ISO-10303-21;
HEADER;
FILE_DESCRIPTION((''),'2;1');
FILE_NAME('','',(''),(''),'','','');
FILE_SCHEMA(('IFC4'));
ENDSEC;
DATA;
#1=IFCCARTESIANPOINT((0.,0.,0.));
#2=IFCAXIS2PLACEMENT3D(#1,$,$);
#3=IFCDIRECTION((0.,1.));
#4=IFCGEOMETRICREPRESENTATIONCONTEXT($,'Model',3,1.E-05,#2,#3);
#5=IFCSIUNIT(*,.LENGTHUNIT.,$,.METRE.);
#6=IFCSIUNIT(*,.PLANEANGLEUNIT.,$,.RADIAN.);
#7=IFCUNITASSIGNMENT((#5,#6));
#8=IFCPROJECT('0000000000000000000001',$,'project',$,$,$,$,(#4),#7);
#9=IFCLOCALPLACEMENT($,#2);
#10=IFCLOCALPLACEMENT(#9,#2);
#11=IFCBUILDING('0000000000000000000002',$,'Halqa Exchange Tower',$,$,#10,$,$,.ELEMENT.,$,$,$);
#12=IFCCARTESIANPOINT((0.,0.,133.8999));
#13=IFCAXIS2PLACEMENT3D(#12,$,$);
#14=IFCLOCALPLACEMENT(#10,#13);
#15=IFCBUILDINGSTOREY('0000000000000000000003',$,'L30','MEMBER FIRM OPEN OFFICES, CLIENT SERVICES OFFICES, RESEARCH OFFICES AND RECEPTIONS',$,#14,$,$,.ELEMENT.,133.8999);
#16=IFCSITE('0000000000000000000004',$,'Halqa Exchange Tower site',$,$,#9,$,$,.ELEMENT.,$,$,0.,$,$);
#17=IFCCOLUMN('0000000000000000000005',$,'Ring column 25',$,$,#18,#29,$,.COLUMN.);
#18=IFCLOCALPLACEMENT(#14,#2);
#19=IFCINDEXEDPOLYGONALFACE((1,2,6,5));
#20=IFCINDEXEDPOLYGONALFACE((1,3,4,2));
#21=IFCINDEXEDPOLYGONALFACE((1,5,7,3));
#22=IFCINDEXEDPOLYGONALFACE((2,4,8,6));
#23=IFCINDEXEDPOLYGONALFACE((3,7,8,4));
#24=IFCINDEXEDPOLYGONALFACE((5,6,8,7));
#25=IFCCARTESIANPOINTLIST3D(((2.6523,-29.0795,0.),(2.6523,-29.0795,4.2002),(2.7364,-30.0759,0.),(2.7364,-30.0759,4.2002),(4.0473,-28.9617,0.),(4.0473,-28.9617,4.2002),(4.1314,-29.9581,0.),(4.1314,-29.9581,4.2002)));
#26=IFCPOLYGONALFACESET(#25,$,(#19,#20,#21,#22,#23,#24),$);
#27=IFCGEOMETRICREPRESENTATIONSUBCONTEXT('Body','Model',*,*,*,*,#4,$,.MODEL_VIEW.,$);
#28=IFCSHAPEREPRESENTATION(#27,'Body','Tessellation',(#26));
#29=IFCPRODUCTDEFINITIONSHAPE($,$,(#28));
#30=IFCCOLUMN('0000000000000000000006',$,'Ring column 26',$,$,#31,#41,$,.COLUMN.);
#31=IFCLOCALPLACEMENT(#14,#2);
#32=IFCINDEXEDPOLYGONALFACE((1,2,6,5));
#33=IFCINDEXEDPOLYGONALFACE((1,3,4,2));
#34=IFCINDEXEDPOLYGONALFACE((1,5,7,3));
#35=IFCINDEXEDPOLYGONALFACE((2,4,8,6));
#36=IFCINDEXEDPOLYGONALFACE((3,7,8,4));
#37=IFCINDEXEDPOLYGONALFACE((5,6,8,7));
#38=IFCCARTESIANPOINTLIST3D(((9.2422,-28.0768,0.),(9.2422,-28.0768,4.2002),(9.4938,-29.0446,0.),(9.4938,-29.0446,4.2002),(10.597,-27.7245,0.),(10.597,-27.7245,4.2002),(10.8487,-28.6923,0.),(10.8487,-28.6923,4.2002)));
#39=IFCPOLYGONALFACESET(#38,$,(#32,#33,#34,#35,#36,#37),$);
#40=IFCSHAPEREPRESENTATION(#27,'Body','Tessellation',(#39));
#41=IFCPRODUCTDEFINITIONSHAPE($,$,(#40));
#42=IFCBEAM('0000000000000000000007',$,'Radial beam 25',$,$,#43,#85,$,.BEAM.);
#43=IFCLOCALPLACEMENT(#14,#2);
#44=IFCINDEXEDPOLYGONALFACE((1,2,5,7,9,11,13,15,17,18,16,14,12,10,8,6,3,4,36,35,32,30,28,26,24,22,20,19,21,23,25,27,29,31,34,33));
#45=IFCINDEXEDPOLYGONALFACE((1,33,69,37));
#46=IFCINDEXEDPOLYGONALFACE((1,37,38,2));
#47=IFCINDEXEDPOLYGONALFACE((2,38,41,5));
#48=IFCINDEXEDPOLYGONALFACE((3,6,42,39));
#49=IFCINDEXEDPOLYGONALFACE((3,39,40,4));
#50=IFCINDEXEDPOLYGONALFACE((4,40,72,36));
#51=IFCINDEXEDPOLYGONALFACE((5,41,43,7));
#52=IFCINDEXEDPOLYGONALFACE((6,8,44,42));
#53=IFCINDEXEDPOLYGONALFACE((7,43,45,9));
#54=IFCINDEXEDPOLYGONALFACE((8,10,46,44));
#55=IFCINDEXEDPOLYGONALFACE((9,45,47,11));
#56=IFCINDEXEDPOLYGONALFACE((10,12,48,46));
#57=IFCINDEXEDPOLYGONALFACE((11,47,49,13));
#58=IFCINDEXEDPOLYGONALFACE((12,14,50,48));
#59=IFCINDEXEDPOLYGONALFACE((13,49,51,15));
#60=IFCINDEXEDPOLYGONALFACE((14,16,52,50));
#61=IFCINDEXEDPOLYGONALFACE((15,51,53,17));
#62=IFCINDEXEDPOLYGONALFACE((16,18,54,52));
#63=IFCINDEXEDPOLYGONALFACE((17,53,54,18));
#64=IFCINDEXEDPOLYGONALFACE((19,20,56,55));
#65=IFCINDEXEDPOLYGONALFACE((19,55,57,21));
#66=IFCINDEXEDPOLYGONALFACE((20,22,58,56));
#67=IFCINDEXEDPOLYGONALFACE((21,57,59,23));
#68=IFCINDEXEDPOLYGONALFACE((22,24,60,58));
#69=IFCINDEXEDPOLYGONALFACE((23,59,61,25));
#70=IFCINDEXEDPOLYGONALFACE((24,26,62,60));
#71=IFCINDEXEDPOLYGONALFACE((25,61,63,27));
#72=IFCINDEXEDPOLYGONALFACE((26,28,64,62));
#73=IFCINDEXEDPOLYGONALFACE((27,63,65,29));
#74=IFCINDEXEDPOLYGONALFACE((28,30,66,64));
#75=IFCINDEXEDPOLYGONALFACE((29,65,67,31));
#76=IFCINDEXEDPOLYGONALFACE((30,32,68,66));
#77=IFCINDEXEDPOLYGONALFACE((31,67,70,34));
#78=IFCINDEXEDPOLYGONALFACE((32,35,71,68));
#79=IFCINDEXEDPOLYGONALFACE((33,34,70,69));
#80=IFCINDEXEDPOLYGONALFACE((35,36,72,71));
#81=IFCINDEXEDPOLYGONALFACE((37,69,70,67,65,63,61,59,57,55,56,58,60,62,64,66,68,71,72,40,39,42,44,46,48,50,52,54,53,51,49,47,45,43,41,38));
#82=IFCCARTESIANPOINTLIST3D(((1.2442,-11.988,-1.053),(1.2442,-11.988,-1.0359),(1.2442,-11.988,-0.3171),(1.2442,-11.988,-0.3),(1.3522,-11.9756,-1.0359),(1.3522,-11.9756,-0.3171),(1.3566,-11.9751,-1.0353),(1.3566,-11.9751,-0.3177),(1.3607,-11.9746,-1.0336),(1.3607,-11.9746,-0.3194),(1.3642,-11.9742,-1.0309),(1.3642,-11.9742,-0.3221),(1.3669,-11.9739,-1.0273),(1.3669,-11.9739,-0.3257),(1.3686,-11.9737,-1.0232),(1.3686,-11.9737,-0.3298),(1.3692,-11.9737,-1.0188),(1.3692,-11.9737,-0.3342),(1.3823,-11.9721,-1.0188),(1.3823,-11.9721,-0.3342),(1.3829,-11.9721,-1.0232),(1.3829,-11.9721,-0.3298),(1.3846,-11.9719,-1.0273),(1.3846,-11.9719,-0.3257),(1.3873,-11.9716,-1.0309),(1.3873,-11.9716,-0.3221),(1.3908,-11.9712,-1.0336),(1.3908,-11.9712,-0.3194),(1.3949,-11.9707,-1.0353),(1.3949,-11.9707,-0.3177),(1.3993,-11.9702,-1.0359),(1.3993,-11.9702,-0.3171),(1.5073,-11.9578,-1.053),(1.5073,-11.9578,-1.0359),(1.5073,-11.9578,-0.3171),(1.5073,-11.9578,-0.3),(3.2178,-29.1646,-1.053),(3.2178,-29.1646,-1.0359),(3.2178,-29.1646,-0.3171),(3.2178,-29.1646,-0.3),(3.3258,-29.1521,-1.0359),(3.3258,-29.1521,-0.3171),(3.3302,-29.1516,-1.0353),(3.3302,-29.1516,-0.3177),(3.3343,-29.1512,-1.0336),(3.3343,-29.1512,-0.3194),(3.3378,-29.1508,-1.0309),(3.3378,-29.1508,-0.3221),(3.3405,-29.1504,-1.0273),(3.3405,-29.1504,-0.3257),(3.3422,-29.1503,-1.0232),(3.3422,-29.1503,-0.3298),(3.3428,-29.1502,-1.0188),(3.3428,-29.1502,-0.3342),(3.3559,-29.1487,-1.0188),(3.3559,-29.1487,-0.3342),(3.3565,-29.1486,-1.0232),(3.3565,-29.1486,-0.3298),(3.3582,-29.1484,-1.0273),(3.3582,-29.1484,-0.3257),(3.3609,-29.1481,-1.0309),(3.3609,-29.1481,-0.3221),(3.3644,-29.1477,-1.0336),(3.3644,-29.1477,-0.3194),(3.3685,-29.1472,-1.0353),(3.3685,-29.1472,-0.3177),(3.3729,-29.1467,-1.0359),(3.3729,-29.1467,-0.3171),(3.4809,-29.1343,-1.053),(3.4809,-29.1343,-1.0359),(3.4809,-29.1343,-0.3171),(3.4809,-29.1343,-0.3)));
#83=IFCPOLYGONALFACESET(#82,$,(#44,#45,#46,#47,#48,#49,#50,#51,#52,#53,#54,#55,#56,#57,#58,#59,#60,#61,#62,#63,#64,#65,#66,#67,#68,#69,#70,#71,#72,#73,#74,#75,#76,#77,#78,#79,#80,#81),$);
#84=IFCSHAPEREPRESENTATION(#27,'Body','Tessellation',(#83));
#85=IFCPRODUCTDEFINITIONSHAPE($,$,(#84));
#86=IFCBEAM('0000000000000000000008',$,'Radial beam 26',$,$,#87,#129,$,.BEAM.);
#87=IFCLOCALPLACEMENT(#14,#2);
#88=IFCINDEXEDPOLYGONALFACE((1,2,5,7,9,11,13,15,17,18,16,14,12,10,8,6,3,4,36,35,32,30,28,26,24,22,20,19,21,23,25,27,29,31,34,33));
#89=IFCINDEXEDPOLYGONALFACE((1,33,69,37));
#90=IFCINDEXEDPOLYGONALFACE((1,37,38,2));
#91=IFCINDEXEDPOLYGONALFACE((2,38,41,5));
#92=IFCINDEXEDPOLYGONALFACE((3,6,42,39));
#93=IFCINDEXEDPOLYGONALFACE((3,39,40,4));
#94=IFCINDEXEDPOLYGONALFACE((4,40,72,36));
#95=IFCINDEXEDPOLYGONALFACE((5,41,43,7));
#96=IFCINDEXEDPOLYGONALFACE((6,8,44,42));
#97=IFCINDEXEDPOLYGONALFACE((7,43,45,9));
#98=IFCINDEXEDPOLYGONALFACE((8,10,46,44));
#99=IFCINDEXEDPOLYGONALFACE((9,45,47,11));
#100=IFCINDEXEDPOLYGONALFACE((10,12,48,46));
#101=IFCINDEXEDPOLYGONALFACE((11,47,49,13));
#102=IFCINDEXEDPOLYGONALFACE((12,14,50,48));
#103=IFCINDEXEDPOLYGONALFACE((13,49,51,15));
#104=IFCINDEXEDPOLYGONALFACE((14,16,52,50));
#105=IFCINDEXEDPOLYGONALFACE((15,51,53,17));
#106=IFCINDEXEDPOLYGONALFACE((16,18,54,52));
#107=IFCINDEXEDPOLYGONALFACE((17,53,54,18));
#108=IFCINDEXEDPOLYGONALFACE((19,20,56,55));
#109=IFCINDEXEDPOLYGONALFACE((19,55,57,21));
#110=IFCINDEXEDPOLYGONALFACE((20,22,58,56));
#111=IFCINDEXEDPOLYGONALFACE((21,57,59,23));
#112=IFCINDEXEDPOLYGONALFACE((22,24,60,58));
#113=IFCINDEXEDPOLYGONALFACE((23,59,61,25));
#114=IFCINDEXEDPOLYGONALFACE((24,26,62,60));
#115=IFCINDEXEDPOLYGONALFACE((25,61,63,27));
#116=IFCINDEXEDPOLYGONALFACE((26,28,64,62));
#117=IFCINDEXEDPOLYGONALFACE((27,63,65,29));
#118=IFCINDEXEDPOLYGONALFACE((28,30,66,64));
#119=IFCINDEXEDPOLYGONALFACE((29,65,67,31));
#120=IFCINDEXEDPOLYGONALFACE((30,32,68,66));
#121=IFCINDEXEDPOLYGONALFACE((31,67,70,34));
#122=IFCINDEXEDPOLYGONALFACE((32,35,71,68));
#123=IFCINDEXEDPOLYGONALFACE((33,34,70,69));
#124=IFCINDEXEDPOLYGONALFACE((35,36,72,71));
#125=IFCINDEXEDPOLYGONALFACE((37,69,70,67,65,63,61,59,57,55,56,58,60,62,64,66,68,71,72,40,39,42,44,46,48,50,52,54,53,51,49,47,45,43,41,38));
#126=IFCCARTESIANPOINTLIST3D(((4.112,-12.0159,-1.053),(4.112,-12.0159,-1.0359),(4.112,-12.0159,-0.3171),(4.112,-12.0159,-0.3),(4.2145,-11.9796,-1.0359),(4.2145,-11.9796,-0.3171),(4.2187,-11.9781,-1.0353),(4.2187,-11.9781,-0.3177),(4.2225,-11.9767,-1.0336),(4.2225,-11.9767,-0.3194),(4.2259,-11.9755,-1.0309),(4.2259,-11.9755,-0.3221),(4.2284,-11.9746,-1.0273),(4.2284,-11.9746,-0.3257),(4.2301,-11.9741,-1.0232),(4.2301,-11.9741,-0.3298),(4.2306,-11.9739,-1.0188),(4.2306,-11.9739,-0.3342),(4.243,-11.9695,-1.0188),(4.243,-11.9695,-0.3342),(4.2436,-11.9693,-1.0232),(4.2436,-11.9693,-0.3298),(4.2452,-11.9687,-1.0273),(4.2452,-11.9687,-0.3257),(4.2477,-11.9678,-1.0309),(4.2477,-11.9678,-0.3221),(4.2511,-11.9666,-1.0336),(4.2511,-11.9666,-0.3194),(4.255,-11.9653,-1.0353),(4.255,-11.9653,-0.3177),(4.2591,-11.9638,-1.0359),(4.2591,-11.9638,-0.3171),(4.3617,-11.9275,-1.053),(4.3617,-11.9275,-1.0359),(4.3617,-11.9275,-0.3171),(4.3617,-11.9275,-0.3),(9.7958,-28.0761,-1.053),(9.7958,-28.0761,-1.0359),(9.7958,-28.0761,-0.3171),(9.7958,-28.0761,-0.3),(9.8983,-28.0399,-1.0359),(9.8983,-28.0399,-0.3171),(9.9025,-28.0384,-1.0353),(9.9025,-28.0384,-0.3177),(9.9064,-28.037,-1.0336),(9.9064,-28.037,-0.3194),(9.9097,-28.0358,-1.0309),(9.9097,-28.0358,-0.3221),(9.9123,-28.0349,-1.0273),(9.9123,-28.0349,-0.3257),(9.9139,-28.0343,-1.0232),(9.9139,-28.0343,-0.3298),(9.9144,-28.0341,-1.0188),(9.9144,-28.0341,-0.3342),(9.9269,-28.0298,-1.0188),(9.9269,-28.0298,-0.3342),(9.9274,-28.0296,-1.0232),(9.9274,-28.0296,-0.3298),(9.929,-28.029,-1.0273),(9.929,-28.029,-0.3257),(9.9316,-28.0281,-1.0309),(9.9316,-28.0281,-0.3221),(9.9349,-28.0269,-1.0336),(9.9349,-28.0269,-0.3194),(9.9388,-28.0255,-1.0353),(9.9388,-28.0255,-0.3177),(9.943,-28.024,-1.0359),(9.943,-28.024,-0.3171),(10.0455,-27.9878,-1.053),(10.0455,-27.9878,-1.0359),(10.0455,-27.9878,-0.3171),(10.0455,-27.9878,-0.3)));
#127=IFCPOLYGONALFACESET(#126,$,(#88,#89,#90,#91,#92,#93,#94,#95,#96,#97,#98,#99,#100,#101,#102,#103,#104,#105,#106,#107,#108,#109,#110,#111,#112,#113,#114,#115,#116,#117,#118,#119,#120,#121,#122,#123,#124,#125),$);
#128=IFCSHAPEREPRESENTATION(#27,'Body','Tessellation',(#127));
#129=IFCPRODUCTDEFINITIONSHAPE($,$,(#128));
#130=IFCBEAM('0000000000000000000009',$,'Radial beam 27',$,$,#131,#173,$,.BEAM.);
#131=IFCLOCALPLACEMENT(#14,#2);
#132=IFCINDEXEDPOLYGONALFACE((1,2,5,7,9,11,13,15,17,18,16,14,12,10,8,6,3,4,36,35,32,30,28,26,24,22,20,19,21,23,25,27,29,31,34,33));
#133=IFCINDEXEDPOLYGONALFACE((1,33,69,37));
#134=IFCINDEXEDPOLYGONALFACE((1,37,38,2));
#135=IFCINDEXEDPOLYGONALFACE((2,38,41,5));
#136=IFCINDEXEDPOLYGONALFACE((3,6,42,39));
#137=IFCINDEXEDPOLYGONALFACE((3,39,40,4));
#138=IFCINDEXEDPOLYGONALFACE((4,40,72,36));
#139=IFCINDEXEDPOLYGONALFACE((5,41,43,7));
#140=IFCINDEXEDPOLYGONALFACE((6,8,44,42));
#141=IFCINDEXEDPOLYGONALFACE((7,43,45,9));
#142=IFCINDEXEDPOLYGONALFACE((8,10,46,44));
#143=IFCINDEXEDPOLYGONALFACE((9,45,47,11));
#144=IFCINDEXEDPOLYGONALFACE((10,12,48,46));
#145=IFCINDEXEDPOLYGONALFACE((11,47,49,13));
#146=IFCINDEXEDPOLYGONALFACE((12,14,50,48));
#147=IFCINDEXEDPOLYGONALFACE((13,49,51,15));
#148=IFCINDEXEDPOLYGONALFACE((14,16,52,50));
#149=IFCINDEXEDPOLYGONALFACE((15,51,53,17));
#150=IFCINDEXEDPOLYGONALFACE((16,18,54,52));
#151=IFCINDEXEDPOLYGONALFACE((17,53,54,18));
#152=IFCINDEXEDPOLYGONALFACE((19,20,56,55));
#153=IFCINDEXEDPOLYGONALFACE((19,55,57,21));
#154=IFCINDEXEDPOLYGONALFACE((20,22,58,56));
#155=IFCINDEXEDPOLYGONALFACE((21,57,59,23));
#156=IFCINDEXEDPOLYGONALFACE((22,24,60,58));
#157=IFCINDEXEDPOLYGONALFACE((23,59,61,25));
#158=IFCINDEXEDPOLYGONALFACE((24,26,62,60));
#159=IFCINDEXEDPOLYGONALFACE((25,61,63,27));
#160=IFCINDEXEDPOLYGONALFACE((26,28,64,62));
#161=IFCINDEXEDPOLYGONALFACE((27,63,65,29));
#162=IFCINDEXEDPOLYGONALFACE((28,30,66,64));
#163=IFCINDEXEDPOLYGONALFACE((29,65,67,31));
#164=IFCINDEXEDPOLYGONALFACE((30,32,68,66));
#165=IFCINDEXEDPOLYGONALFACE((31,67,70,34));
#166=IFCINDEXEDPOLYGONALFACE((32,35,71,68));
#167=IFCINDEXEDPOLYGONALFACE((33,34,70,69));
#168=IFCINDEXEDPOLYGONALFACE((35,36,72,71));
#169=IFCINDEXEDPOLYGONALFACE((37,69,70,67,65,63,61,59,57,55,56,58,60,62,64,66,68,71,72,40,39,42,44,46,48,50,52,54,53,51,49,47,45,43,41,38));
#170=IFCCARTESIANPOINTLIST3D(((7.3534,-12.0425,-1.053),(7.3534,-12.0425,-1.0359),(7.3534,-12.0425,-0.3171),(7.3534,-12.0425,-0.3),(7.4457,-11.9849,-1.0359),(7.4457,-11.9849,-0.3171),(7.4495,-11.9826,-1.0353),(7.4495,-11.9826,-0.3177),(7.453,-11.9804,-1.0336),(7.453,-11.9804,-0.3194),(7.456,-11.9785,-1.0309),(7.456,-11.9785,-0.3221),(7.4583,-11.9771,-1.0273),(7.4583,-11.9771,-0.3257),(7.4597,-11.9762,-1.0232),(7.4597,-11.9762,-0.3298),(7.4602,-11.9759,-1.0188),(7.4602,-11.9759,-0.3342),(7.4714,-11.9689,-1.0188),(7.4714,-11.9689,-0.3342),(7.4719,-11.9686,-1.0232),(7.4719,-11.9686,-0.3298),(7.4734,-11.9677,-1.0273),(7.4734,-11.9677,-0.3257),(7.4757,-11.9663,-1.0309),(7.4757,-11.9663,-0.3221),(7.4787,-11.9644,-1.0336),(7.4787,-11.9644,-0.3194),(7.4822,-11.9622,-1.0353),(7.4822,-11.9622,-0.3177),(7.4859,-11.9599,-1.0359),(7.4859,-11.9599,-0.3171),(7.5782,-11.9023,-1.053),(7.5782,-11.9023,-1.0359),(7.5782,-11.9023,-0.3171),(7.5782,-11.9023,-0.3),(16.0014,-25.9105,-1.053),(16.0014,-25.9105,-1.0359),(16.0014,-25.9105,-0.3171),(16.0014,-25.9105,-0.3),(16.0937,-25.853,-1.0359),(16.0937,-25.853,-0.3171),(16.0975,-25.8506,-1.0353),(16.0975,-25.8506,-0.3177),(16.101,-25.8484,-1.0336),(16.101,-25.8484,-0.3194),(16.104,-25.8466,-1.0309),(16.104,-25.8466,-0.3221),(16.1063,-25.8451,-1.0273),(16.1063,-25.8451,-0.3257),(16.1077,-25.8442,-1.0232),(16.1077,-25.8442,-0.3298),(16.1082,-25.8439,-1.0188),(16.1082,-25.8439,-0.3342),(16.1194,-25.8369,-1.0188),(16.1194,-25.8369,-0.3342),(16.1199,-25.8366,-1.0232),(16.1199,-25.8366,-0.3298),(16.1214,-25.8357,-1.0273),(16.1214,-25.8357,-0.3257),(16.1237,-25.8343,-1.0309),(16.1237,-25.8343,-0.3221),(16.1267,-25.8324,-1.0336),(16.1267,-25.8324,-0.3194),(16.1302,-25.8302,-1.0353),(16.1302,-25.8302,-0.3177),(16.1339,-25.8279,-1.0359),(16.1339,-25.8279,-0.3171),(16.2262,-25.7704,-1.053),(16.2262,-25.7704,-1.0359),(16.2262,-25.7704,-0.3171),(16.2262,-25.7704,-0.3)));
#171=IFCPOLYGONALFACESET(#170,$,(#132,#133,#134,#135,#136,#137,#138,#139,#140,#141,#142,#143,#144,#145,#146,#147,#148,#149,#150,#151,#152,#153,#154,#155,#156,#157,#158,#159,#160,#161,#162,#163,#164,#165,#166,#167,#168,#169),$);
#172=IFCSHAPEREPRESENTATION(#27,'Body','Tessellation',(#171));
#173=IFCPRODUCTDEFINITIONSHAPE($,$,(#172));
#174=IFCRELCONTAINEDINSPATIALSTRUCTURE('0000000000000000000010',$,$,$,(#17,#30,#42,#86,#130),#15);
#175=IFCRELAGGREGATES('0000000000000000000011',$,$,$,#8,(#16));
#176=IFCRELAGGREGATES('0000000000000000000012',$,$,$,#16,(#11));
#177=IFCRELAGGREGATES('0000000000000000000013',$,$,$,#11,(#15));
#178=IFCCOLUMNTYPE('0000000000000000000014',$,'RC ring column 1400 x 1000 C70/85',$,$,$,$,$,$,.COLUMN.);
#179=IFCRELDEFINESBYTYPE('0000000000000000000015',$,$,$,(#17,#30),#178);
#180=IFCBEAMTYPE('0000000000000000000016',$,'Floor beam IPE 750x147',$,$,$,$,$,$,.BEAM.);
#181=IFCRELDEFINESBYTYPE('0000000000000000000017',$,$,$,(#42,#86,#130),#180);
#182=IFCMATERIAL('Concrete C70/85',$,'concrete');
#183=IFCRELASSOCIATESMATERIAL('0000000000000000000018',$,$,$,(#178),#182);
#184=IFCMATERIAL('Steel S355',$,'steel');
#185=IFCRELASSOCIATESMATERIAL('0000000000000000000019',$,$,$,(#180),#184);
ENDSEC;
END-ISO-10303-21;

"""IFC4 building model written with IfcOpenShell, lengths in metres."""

from ifc_helpers import new_model, si_unit, direction, frame, origin, origin_2d, place, context, subcontext, project, spatial, rectangle, i_section, extrude, material, material_profile, profile_set, type_object, element, save


model = new_model("IFC4")

# Units and contexts
model_context = context("Model", 3, precision=1e-05, world=origin(), true_north=direction((0.0, 1.0)))
body_context = subcontext(model_context, "Body", "Model", "MODEL_VIEW")
ifc_project = project(units=[si_unit("LENGTHUNIT", "METRE"), si_unit("PLANEANGLEUNIT", "RADIAN")], contexts=[model_context])

# Site, building, storey
site_placement = place(None, origin())
site = spatial("IfcSite", under=ifc_project, at=site_placement, Name="Halqa Exchange Tower site", CompositionType="ELEMENT", RefElevation=0.0)
building_placement = place(site_placement, origin())
building = spatial("IfcBuilding", under=site, at=building_placement, Name="Halqa Exchange Tower", CompositionType="ELEMENT")
storey_placement = place(building_placement, frame((0.0, 0.0, 133.8999)))
storey = spatial("IfcBuildingStorey", under=building, at=storey_placement, Name="L30", Description="MEMBER FIRM OPEN OFFICES, CLIENT SERVICES OFFICES, RESEARCH OFFICES AND RECEPTIONS", CompositionType="ELEMENT", Elevation=133.8999)

# Columns
ifc_material_1 = material(Name="Concrete C70/85", Category="concrete")
ifc_material_profile_1 = material_profile(ifc_material_1, rectangle(XDim=1.3999, YDim=1.0, at=origin_2d()), Name="1400 x 1000")
ifc_profile_set_1 = profile_set([ifc_material_profile_1], Name="Concrete C70/85")
column_type = type_object("IfcColumnType", Name="RC ring column 1400 x 1000 C70/85", PredefinedType="COLUMN", material=ifc_profile_set_1)
for number, where, z_axis, x_axis, name in (
    (1, (3.3918, -29.5188, 0.0), (0.0, 0.0, 1.0), (0.996455, 0.084123, 0.0), "Ring column 25"),
    (2, (10.0454, -28.3845, 0.0), (0.0, 0.0, 1.0), (0.96782, 0.251645, 0.0), "Ring column 26"),
):
    element("IfcColumn", number, at=place(storey_placement, frame(where, z_axis=z_axis, x_axis=x_axis)), inside=storey, type_object=column_type, Name=name, PredefinedType="COLUMN", context=body_context, shape_type="SweptSolid", body=[
        extrude(rectangle(XDim=1.3999, YDim=1.0, at=origin_2d()), origin(), (0.0, 0.0, 1.0), 4.2002),
    ])

# Beams
ifc_material_2 = material(Name="Steel S355", Category="steel")
ifc_material_profile_2 = material_profile(ifc_material_2, i_section(OverallWidth=0.2649, OverallDepth=0.7529, WebThickness=0.0132, FlangeThickness=0.0171, FilletRadius=0.0171, at=origin_2d()), Name="IPE 750x147")
ifc_profile_set_2 = profile_set([ifc_material_profile_2], Name="Steel S355")
beam_type_1 = type_object("IfcBeamType", Name="Floor beam IPE 750x147", PredefinedType="BEAM", material=ifc_profile_set_2)
beam_1_placement = place(storey_placement, frame((1.3757, -11.9729, -0.6765), z_axis=(0.114152, -0.993463, 0.0), x_axis=(0.993463, 0.114152, 0.0)))
element("IfcBeam", 3, at=beam_1_placement, inside=storey, type_object=beam_type_1, Name="Radial beam 25", PredefinedType="BEAM", context=body_context, shape_type="SweptSolid", body=[
    extrude(i_section(OverallWidth=0.2649, OverallDepth=0.7529, WebThickness=0.0132, FlangeThickness=0.0171, FilletRadius=0.0171, at=origin_2d()), origin(), (0.0, 0.0, 1.0), 17.2896),
])
beam_2_placement = place(storey_placement, frame((4.2368, -11.9717, -0.6765), z_axis=(0.333629, -0.942705, 0.0), x_axis=(0.942705, 0.333629, 0.0)))
element("IfcBeam", 4, at=beam_2_placement, inside=storey, type_object=beam_type_1, Name="Radial beam 26", PredefinedType="BEAM", context=body_context, shape_type="SweptSolid", body=[
    extrude(i_section(OverallWidth=0.2649, OverallDepth=0.7529, WebThickness=0.0132, FlangeThickness=0.0171, FilletRadius=0.0171, at=origin_2d()), origin(), (0.0, 0.0, 1.0), 17.0364),
])
beam_3_placement = place(storey_placement, frame((7.4658, -11.9724, -0.6765), z_axis=(0.529141, -0.848534, 0.0), x_axis=(0.848534, 0.529141, 0.0)))
element("IfcBeam", 5, at=beam_3_placement, inside=storey, type_object=beam_type_1, Name="Radial beam 27", PredefinedType="BEAM", context=body_context, shape_type="SweptSolid", body=[
    extrude(i_section(OverallWidth=0.2649, OverallDepth=0.7529, WebThickness=0.0132, FlangeThickness=0.0171, FilletRadius=0.0171, at=origin_2d()), origin(), (0.0, 0.0, 1.0), 16.3435),
])

save(model, "model.ifc")
